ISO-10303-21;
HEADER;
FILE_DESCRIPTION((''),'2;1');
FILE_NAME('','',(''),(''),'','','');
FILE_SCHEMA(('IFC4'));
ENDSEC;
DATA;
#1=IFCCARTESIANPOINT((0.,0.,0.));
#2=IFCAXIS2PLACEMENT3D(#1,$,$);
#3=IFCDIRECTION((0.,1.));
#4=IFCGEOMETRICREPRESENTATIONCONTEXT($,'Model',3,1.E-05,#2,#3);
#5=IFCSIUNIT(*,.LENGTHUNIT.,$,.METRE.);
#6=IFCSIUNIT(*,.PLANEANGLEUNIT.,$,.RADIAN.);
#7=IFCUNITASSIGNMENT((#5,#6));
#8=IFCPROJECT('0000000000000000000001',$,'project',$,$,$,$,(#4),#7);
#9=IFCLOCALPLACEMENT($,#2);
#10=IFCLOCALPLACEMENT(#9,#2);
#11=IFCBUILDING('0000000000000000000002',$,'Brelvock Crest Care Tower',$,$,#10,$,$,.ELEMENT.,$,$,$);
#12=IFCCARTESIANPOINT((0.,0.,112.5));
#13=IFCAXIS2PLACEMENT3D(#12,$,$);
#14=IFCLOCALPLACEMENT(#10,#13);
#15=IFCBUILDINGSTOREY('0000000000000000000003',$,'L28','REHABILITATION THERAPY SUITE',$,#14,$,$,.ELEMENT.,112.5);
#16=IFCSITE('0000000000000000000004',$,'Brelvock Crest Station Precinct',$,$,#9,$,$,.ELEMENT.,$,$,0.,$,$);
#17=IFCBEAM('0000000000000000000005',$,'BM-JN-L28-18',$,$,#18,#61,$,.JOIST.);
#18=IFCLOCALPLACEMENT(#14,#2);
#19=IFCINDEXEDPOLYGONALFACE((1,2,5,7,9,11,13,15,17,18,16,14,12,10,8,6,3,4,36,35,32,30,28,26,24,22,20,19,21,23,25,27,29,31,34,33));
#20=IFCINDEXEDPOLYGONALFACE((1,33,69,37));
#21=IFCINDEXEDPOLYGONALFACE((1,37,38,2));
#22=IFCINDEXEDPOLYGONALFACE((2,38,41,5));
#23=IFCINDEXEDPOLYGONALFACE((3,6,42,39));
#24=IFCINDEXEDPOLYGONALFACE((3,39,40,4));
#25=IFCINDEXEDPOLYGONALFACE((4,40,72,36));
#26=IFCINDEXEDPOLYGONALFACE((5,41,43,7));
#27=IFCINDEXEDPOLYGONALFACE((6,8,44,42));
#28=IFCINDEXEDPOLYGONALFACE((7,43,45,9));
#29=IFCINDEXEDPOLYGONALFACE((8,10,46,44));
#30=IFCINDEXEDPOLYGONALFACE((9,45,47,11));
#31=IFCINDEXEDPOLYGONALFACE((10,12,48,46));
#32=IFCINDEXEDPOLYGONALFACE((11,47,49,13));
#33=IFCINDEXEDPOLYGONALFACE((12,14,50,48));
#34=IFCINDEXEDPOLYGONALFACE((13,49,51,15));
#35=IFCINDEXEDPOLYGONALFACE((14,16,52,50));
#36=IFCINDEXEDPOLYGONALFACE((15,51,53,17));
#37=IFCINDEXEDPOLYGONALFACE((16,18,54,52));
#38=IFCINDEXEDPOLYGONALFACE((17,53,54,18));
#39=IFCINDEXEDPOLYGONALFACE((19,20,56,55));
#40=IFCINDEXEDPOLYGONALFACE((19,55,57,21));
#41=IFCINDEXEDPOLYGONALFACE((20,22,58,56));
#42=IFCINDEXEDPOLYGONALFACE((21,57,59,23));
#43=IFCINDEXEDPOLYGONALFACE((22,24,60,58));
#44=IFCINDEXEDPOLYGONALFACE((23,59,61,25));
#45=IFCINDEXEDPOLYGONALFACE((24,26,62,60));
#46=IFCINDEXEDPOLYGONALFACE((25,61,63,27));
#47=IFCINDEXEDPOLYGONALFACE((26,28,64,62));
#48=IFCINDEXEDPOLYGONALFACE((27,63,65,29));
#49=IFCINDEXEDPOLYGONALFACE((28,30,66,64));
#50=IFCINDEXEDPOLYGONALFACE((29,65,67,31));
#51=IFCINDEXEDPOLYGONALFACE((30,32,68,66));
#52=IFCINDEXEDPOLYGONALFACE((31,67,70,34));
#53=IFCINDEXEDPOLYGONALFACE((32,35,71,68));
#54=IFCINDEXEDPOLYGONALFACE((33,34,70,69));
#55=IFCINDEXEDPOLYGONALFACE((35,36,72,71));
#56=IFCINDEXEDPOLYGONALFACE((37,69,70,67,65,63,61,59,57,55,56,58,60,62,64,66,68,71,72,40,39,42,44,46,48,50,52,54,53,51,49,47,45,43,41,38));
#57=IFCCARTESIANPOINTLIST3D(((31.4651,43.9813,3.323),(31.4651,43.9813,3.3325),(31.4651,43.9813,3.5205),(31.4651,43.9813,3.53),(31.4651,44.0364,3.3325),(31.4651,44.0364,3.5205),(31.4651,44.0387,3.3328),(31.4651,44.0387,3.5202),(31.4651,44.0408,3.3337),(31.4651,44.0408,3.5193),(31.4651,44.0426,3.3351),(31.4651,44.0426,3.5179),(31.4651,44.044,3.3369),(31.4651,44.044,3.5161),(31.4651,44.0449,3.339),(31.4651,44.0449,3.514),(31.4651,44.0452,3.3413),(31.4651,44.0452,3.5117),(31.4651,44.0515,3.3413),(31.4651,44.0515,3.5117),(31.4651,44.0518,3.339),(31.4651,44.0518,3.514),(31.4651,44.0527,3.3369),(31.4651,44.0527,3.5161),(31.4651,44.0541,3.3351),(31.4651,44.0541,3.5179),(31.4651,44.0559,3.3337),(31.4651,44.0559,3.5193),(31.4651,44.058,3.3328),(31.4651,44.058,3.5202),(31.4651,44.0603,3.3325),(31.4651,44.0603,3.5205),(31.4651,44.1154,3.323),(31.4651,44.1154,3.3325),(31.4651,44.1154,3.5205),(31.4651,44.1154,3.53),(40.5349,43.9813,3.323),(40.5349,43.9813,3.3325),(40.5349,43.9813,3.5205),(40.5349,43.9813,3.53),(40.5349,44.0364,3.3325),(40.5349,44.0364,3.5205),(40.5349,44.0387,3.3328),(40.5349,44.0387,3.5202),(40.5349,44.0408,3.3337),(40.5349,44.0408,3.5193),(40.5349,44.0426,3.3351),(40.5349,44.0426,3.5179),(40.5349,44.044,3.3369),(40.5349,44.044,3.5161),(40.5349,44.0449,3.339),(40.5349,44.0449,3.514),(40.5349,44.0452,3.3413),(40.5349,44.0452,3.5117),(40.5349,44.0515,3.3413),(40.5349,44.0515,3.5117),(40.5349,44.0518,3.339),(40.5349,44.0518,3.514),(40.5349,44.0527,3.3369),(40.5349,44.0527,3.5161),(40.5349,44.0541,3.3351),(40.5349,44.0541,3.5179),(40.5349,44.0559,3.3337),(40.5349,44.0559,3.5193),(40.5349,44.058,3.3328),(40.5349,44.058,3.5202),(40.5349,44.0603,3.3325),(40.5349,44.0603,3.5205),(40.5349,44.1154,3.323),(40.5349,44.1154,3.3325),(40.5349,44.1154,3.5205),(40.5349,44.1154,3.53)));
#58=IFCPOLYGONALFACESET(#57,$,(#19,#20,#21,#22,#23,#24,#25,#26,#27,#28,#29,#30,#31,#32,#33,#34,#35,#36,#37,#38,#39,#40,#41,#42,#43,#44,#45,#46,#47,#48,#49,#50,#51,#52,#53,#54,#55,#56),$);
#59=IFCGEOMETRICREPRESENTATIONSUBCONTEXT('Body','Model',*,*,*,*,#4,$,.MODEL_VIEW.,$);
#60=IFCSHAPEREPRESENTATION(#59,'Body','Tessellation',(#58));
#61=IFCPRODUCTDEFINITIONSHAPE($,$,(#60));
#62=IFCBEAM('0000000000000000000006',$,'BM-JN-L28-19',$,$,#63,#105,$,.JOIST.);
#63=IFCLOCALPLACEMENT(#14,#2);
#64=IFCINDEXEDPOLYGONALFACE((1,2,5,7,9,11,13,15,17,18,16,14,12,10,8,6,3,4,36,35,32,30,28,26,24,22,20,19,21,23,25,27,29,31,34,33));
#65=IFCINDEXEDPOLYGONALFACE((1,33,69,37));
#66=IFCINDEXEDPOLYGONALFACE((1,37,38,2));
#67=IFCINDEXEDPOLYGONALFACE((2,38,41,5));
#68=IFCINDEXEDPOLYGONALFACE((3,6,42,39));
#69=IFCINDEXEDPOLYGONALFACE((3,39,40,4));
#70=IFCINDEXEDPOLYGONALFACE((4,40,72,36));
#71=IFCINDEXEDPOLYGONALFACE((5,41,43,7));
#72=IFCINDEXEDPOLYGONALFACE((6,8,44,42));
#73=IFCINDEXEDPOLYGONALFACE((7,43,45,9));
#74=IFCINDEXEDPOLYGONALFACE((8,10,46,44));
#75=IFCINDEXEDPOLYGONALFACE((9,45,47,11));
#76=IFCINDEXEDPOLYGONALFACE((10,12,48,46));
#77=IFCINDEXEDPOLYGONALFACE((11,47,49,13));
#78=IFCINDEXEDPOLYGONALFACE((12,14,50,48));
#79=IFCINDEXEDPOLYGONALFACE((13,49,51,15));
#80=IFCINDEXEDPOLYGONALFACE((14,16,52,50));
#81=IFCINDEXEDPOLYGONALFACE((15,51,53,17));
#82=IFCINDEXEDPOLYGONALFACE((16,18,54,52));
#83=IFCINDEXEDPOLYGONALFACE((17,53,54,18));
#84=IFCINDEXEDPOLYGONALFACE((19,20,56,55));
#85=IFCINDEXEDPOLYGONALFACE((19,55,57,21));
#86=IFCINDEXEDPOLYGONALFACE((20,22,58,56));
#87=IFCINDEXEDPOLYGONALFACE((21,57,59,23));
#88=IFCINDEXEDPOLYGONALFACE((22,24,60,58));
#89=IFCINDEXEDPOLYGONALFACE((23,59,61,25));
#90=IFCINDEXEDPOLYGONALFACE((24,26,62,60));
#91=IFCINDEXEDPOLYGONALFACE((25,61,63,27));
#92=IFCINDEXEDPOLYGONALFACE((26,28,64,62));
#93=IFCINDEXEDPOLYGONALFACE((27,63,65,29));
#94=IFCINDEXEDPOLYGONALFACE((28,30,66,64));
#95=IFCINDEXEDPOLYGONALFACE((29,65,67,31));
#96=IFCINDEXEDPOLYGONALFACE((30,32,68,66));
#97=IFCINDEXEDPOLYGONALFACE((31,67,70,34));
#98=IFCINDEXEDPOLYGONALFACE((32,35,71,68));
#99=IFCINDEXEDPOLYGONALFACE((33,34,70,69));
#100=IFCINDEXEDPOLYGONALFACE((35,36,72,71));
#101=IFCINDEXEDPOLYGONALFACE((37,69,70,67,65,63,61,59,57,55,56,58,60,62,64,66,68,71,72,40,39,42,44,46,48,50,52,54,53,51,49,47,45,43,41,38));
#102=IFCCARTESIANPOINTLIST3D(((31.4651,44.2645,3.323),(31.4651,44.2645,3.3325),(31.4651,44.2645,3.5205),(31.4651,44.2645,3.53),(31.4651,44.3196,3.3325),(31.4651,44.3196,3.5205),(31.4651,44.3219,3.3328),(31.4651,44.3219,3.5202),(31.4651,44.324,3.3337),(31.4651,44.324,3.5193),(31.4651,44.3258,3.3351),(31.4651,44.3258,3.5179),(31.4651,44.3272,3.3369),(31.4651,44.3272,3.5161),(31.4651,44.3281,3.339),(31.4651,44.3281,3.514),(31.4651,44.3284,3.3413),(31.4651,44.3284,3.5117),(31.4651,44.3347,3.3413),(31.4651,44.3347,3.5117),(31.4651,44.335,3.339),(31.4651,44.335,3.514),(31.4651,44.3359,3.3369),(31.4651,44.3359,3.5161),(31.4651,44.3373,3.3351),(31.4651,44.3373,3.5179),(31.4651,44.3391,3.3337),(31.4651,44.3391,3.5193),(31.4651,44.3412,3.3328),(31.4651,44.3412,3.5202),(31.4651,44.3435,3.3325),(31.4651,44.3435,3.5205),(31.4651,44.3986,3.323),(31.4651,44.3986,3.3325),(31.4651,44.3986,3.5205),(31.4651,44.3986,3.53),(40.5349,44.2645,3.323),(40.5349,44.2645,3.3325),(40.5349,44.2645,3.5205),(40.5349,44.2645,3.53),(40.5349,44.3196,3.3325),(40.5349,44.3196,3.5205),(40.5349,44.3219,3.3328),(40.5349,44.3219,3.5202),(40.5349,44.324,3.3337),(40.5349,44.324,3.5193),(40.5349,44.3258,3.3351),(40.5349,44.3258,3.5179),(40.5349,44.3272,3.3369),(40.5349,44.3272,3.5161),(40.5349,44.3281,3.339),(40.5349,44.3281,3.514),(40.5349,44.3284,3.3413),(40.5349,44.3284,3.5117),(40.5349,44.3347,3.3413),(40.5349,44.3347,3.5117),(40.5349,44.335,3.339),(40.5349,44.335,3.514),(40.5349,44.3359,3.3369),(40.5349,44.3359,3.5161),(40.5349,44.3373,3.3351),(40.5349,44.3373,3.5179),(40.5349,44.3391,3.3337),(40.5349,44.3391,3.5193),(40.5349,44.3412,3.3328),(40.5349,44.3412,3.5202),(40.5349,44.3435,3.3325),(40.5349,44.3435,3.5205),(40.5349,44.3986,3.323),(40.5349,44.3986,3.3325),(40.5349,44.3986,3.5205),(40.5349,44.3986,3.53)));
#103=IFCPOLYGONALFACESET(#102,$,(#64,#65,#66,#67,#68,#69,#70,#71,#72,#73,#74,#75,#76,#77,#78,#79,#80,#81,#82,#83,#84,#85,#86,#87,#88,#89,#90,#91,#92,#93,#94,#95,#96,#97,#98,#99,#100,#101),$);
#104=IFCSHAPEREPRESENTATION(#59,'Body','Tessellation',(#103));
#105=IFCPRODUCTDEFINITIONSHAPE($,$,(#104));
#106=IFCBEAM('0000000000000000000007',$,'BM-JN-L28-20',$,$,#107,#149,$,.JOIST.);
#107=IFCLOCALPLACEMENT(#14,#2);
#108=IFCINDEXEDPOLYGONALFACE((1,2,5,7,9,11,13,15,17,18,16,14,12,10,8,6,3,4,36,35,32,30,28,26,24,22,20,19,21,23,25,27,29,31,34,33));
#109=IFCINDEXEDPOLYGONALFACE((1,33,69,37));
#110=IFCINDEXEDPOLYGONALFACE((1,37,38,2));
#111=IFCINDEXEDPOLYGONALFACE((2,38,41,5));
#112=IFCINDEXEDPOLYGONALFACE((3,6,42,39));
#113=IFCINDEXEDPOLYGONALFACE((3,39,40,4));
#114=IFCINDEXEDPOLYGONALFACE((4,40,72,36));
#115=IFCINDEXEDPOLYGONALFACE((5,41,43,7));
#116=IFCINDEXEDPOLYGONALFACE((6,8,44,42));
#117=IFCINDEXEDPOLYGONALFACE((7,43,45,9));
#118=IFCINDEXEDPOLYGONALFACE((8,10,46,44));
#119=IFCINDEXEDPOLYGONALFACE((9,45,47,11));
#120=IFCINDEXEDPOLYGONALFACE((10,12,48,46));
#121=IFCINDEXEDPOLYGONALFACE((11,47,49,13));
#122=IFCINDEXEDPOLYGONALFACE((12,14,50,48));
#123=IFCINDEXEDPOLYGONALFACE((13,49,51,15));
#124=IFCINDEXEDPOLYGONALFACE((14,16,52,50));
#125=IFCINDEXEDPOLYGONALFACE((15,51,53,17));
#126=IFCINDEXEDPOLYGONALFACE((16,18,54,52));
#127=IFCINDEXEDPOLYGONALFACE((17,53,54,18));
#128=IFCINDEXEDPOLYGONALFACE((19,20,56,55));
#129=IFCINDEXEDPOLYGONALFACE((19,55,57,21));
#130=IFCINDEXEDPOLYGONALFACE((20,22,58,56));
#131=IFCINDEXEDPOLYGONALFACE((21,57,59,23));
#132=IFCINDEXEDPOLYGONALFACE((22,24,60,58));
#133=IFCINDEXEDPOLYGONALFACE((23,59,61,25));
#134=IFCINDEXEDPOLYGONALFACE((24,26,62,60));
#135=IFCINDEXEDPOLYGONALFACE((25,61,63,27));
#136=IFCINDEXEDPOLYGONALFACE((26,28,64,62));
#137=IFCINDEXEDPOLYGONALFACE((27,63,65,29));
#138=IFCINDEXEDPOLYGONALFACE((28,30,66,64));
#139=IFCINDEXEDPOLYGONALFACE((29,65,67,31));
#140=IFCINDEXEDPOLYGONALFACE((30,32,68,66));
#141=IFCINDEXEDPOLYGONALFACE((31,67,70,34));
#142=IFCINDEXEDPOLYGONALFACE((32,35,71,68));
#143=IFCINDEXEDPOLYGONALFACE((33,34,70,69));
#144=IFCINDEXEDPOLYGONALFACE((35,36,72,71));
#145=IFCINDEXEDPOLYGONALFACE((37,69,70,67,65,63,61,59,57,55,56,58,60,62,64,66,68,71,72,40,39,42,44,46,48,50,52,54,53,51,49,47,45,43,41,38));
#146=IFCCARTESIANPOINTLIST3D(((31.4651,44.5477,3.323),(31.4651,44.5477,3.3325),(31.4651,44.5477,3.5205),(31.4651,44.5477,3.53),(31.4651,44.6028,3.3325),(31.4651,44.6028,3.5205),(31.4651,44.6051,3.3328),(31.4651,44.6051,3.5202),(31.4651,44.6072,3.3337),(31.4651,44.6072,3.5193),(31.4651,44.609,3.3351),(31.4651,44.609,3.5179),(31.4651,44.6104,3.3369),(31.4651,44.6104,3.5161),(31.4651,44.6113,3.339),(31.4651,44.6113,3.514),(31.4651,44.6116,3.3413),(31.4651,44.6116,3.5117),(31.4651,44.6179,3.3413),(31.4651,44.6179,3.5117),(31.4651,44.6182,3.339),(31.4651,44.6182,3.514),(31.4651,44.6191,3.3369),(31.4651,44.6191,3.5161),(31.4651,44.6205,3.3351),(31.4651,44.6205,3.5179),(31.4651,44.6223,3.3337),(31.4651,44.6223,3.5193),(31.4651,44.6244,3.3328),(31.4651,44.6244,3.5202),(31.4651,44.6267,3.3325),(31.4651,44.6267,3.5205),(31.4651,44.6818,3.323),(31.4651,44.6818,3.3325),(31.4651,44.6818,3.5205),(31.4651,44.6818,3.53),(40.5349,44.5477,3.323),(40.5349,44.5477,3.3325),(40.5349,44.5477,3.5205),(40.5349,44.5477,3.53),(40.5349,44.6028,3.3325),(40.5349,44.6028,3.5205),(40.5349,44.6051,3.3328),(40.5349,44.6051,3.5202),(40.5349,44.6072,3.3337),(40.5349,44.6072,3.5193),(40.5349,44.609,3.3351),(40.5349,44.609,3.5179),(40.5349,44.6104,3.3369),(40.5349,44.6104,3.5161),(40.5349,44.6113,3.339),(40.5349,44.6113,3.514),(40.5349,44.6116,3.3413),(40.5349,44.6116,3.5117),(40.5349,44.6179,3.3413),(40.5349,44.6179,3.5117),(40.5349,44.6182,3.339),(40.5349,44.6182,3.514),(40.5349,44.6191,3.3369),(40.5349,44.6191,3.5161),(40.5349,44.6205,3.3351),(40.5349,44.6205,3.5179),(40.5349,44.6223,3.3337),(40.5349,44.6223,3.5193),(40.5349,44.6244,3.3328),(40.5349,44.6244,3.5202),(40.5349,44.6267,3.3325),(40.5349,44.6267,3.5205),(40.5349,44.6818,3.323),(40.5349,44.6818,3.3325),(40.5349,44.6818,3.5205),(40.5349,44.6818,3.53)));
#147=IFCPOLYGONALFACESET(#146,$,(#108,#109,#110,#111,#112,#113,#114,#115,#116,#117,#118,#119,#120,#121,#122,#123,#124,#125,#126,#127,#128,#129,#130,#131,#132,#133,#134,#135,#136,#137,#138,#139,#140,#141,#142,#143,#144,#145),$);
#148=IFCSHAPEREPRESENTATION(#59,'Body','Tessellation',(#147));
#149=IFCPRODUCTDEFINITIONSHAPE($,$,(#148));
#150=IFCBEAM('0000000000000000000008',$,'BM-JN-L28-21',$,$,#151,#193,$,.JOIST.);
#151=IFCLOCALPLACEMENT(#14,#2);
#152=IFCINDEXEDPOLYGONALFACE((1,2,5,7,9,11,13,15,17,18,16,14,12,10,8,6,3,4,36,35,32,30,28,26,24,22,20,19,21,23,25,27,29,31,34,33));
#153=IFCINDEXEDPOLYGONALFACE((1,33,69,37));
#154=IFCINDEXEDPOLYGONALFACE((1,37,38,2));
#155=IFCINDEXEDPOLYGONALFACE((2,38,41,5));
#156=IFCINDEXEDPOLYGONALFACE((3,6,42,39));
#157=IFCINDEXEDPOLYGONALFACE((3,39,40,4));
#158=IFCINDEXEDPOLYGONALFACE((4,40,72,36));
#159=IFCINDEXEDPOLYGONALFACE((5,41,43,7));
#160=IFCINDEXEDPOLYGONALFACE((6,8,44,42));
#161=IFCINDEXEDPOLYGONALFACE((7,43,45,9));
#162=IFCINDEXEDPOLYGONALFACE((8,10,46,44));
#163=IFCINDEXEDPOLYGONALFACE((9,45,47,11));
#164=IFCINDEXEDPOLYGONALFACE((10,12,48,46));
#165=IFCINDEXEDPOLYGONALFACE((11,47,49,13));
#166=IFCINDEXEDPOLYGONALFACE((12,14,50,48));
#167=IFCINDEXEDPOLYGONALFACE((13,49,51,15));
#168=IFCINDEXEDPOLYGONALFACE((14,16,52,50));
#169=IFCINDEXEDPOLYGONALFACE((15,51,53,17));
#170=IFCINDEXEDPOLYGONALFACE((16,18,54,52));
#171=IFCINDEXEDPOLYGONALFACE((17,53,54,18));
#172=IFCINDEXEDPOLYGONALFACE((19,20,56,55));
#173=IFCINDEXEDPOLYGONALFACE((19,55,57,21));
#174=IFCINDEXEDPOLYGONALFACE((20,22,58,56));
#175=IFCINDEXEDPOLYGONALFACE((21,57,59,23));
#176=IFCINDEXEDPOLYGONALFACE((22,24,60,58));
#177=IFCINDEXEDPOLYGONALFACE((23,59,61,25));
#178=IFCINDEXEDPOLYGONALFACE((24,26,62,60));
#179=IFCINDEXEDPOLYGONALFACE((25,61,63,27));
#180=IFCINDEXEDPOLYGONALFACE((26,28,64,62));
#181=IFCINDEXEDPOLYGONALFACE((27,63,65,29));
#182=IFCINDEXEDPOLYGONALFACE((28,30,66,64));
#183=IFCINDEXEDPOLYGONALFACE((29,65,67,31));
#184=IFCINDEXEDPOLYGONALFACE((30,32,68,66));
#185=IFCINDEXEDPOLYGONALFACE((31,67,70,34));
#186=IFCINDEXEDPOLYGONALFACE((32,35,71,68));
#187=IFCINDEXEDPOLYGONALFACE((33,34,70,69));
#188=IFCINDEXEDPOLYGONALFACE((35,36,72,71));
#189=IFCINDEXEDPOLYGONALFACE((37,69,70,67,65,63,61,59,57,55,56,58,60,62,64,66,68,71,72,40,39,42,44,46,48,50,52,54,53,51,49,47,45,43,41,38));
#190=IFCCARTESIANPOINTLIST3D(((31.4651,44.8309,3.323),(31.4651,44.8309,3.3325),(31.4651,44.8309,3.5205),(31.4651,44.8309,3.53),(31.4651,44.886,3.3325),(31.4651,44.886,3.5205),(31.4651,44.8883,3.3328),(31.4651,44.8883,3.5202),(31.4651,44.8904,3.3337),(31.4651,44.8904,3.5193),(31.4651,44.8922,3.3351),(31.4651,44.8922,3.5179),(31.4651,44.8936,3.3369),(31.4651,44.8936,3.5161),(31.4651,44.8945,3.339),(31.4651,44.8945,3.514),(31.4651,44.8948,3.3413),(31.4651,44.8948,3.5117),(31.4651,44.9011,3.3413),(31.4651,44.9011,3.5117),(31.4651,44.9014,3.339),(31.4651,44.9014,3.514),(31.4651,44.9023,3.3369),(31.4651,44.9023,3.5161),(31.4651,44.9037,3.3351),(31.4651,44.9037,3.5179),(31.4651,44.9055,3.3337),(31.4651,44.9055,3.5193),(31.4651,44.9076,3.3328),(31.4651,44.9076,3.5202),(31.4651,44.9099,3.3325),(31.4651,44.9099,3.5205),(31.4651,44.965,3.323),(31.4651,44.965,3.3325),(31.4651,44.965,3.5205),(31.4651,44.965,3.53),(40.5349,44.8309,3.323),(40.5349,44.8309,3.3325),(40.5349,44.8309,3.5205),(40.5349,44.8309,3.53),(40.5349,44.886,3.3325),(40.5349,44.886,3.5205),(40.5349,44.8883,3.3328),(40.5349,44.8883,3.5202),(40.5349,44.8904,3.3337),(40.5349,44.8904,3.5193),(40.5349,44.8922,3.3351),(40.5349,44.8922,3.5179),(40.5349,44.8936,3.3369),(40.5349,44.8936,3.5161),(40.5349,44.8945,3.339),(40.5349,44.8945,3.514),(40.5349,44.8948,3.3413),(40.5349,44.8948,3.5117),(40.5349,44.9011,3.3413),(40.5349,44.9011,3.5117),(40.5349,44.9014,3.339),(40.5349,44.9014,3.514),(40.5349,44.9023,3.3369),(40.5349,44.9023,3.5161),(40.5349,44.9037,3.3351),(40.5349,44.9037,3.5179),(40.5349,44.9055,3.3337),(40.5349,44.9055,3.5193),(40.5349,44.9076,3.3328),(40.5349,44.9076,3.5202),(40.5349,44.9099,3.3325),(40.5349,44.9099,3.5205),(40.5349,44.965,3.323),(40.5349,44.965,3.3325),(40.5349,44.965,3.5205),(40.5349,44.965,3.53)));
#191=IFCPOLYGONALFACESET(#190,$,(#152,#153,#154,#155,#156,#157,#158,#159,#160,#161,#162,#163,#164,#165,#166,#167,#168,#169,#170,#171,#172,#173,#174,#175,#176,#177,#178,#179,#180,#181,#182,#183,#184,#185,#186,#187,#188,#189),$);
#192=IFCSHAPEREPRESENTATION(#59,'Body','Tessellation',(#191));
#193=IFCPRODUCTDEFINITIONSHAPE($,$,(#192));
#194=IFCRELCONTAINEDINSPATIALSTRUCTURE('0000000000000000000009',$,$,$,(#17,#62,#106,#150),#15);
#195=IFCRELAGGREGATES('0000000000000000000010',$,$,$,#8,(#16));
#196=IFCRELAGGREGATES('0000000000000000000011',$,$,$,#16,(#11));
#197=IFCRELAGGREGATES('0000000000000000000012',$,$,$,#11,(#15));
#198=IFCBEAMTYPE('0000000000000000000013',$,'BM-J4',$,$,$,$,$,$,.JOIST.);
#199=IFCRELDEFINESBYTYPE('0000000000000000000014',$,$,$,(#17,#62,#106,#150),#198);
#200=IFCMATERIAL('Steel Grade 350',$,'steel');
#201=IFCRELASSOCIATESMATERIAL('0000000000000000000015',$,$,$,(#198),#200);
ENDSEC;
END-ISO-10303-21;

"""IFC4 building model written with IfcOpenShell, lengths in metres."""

from ifc_helpers import new_model, si_unit, direction, frame, origin, origin_2d, place, context, subcontext, project, spatial, i_section, extrude, source, transform, mapped, material, material_profile, profile_set, type_object, element, save


model = new_model("IFC4")

# Units and contexts
model_context = context("Model", 3, precision=1e-05, world=origin(), true_north=direction((0.0, 1.0)))
body_context = subcontext(model_context, "Body", "Model", "MODEL_VIEW")
ifc_project = project(units=[si_unit("LENGTHUNIT", "METRE"), si_unit("PLANEANGLEUNIT", "RADIAN")], contexts=[model_context])

# Site, building, storey
site_placement = place(None, origin())
site = spatial("IfcSite", under=ifc_project, at=site_placement, Name="Brelvock Crest Station Precinct", CompositionType="ELEMENT", RefElevation=0.0)
building_placement = place(site_placement, origin())
building = spatial("IfcBuilding", under=site, at=building_placement, Name="Brelvock Crest Care Tower", CompositionType="ELEMENT")
storey_placement = place(building_placement, frame((0.0, 0.0, 112.5)))
storey = spatial("IfcBuildingStorey", under=building, at=storey_placement, Name="L28", Description="REHABILITATION THERAPY SUITE", CompositionType="ELEMENT", Elevation=112.5)

# Beams
ifc_material_1 = material(Name="Steel Grade 350", Category="steel")
ifc_material_profile_1 = material_profile(ifc_material_1, i_section(OverallWidth=0.134, OverallDepth=0.207, WebThickness=0.0063, FlangeThickness=0.0095, FilletRadius=0.0088, at=origin_2d()), Name="200UB29.8")
ifc_profile_set_1 = profile_set([ifc_material_profile_1], Name="Steel Grade 350")
beam_type_1 = type_object("IfcBeamType", Name="BM-J4", PredefinedType="JOIST", material=ifc_profile_set_1)
shared_shape_1 = source(origin(), body_context, "Body", "SweptSolid", [
    extrude(i_section(OverallWidth=0.134, OverallDepth=0.207, WebThickness=0.0063, FlangeThickness=0.0095, FilletRadius=0.0088, at=origin_2d()), origin(), (0.0, 0.0, 1.0), 9.0698),
])
for number, where, z_axis, x_axis, name in (
    (1, (31.4651, 44.0483, 3.4265), (1.0, 0.0, 0.0), (0.0, 1.0, 0.0), "BM-JN-L28-18"),
    (2, (31.4651, 44.3315, 3.4265), (1.0, 0.0, 0.0), (0.0, 1.0, 0.0), "BM-JN-L28-19"),
    (3, (31.4651, 44.6147, 3.4265), (1.0, 0.0, 0.0), (0.0, 1.0, 0.0), "BM-JN-L28-20"),
    (4, (31.4651, 44.8979, 3.4265), (1.0, 0.0, 0.0), (0.0, 1.0, 0.0), "BM-JN-L28-21"),
):
    element("IfcBeam", number, at=place(storey_placement, frame(where, z_axis=z_axis, x_axis=x_axis)), inside=storey, type_object=beam_type_1, Name=name, PredefinedType="JOIST", context=body_context, shape_type="MappedRepresentation", body=[
        mapped(shared_shape_1, transform((0.0, 0.0, 0.0), x_axis=(1.0, 0.0, 0.0), y_axis=(0.0, 1.0, 0.0), z_axis=(0.0, 0.0, 1.0), scale=1.0)),
    ])

save(model, "model.ifc")
